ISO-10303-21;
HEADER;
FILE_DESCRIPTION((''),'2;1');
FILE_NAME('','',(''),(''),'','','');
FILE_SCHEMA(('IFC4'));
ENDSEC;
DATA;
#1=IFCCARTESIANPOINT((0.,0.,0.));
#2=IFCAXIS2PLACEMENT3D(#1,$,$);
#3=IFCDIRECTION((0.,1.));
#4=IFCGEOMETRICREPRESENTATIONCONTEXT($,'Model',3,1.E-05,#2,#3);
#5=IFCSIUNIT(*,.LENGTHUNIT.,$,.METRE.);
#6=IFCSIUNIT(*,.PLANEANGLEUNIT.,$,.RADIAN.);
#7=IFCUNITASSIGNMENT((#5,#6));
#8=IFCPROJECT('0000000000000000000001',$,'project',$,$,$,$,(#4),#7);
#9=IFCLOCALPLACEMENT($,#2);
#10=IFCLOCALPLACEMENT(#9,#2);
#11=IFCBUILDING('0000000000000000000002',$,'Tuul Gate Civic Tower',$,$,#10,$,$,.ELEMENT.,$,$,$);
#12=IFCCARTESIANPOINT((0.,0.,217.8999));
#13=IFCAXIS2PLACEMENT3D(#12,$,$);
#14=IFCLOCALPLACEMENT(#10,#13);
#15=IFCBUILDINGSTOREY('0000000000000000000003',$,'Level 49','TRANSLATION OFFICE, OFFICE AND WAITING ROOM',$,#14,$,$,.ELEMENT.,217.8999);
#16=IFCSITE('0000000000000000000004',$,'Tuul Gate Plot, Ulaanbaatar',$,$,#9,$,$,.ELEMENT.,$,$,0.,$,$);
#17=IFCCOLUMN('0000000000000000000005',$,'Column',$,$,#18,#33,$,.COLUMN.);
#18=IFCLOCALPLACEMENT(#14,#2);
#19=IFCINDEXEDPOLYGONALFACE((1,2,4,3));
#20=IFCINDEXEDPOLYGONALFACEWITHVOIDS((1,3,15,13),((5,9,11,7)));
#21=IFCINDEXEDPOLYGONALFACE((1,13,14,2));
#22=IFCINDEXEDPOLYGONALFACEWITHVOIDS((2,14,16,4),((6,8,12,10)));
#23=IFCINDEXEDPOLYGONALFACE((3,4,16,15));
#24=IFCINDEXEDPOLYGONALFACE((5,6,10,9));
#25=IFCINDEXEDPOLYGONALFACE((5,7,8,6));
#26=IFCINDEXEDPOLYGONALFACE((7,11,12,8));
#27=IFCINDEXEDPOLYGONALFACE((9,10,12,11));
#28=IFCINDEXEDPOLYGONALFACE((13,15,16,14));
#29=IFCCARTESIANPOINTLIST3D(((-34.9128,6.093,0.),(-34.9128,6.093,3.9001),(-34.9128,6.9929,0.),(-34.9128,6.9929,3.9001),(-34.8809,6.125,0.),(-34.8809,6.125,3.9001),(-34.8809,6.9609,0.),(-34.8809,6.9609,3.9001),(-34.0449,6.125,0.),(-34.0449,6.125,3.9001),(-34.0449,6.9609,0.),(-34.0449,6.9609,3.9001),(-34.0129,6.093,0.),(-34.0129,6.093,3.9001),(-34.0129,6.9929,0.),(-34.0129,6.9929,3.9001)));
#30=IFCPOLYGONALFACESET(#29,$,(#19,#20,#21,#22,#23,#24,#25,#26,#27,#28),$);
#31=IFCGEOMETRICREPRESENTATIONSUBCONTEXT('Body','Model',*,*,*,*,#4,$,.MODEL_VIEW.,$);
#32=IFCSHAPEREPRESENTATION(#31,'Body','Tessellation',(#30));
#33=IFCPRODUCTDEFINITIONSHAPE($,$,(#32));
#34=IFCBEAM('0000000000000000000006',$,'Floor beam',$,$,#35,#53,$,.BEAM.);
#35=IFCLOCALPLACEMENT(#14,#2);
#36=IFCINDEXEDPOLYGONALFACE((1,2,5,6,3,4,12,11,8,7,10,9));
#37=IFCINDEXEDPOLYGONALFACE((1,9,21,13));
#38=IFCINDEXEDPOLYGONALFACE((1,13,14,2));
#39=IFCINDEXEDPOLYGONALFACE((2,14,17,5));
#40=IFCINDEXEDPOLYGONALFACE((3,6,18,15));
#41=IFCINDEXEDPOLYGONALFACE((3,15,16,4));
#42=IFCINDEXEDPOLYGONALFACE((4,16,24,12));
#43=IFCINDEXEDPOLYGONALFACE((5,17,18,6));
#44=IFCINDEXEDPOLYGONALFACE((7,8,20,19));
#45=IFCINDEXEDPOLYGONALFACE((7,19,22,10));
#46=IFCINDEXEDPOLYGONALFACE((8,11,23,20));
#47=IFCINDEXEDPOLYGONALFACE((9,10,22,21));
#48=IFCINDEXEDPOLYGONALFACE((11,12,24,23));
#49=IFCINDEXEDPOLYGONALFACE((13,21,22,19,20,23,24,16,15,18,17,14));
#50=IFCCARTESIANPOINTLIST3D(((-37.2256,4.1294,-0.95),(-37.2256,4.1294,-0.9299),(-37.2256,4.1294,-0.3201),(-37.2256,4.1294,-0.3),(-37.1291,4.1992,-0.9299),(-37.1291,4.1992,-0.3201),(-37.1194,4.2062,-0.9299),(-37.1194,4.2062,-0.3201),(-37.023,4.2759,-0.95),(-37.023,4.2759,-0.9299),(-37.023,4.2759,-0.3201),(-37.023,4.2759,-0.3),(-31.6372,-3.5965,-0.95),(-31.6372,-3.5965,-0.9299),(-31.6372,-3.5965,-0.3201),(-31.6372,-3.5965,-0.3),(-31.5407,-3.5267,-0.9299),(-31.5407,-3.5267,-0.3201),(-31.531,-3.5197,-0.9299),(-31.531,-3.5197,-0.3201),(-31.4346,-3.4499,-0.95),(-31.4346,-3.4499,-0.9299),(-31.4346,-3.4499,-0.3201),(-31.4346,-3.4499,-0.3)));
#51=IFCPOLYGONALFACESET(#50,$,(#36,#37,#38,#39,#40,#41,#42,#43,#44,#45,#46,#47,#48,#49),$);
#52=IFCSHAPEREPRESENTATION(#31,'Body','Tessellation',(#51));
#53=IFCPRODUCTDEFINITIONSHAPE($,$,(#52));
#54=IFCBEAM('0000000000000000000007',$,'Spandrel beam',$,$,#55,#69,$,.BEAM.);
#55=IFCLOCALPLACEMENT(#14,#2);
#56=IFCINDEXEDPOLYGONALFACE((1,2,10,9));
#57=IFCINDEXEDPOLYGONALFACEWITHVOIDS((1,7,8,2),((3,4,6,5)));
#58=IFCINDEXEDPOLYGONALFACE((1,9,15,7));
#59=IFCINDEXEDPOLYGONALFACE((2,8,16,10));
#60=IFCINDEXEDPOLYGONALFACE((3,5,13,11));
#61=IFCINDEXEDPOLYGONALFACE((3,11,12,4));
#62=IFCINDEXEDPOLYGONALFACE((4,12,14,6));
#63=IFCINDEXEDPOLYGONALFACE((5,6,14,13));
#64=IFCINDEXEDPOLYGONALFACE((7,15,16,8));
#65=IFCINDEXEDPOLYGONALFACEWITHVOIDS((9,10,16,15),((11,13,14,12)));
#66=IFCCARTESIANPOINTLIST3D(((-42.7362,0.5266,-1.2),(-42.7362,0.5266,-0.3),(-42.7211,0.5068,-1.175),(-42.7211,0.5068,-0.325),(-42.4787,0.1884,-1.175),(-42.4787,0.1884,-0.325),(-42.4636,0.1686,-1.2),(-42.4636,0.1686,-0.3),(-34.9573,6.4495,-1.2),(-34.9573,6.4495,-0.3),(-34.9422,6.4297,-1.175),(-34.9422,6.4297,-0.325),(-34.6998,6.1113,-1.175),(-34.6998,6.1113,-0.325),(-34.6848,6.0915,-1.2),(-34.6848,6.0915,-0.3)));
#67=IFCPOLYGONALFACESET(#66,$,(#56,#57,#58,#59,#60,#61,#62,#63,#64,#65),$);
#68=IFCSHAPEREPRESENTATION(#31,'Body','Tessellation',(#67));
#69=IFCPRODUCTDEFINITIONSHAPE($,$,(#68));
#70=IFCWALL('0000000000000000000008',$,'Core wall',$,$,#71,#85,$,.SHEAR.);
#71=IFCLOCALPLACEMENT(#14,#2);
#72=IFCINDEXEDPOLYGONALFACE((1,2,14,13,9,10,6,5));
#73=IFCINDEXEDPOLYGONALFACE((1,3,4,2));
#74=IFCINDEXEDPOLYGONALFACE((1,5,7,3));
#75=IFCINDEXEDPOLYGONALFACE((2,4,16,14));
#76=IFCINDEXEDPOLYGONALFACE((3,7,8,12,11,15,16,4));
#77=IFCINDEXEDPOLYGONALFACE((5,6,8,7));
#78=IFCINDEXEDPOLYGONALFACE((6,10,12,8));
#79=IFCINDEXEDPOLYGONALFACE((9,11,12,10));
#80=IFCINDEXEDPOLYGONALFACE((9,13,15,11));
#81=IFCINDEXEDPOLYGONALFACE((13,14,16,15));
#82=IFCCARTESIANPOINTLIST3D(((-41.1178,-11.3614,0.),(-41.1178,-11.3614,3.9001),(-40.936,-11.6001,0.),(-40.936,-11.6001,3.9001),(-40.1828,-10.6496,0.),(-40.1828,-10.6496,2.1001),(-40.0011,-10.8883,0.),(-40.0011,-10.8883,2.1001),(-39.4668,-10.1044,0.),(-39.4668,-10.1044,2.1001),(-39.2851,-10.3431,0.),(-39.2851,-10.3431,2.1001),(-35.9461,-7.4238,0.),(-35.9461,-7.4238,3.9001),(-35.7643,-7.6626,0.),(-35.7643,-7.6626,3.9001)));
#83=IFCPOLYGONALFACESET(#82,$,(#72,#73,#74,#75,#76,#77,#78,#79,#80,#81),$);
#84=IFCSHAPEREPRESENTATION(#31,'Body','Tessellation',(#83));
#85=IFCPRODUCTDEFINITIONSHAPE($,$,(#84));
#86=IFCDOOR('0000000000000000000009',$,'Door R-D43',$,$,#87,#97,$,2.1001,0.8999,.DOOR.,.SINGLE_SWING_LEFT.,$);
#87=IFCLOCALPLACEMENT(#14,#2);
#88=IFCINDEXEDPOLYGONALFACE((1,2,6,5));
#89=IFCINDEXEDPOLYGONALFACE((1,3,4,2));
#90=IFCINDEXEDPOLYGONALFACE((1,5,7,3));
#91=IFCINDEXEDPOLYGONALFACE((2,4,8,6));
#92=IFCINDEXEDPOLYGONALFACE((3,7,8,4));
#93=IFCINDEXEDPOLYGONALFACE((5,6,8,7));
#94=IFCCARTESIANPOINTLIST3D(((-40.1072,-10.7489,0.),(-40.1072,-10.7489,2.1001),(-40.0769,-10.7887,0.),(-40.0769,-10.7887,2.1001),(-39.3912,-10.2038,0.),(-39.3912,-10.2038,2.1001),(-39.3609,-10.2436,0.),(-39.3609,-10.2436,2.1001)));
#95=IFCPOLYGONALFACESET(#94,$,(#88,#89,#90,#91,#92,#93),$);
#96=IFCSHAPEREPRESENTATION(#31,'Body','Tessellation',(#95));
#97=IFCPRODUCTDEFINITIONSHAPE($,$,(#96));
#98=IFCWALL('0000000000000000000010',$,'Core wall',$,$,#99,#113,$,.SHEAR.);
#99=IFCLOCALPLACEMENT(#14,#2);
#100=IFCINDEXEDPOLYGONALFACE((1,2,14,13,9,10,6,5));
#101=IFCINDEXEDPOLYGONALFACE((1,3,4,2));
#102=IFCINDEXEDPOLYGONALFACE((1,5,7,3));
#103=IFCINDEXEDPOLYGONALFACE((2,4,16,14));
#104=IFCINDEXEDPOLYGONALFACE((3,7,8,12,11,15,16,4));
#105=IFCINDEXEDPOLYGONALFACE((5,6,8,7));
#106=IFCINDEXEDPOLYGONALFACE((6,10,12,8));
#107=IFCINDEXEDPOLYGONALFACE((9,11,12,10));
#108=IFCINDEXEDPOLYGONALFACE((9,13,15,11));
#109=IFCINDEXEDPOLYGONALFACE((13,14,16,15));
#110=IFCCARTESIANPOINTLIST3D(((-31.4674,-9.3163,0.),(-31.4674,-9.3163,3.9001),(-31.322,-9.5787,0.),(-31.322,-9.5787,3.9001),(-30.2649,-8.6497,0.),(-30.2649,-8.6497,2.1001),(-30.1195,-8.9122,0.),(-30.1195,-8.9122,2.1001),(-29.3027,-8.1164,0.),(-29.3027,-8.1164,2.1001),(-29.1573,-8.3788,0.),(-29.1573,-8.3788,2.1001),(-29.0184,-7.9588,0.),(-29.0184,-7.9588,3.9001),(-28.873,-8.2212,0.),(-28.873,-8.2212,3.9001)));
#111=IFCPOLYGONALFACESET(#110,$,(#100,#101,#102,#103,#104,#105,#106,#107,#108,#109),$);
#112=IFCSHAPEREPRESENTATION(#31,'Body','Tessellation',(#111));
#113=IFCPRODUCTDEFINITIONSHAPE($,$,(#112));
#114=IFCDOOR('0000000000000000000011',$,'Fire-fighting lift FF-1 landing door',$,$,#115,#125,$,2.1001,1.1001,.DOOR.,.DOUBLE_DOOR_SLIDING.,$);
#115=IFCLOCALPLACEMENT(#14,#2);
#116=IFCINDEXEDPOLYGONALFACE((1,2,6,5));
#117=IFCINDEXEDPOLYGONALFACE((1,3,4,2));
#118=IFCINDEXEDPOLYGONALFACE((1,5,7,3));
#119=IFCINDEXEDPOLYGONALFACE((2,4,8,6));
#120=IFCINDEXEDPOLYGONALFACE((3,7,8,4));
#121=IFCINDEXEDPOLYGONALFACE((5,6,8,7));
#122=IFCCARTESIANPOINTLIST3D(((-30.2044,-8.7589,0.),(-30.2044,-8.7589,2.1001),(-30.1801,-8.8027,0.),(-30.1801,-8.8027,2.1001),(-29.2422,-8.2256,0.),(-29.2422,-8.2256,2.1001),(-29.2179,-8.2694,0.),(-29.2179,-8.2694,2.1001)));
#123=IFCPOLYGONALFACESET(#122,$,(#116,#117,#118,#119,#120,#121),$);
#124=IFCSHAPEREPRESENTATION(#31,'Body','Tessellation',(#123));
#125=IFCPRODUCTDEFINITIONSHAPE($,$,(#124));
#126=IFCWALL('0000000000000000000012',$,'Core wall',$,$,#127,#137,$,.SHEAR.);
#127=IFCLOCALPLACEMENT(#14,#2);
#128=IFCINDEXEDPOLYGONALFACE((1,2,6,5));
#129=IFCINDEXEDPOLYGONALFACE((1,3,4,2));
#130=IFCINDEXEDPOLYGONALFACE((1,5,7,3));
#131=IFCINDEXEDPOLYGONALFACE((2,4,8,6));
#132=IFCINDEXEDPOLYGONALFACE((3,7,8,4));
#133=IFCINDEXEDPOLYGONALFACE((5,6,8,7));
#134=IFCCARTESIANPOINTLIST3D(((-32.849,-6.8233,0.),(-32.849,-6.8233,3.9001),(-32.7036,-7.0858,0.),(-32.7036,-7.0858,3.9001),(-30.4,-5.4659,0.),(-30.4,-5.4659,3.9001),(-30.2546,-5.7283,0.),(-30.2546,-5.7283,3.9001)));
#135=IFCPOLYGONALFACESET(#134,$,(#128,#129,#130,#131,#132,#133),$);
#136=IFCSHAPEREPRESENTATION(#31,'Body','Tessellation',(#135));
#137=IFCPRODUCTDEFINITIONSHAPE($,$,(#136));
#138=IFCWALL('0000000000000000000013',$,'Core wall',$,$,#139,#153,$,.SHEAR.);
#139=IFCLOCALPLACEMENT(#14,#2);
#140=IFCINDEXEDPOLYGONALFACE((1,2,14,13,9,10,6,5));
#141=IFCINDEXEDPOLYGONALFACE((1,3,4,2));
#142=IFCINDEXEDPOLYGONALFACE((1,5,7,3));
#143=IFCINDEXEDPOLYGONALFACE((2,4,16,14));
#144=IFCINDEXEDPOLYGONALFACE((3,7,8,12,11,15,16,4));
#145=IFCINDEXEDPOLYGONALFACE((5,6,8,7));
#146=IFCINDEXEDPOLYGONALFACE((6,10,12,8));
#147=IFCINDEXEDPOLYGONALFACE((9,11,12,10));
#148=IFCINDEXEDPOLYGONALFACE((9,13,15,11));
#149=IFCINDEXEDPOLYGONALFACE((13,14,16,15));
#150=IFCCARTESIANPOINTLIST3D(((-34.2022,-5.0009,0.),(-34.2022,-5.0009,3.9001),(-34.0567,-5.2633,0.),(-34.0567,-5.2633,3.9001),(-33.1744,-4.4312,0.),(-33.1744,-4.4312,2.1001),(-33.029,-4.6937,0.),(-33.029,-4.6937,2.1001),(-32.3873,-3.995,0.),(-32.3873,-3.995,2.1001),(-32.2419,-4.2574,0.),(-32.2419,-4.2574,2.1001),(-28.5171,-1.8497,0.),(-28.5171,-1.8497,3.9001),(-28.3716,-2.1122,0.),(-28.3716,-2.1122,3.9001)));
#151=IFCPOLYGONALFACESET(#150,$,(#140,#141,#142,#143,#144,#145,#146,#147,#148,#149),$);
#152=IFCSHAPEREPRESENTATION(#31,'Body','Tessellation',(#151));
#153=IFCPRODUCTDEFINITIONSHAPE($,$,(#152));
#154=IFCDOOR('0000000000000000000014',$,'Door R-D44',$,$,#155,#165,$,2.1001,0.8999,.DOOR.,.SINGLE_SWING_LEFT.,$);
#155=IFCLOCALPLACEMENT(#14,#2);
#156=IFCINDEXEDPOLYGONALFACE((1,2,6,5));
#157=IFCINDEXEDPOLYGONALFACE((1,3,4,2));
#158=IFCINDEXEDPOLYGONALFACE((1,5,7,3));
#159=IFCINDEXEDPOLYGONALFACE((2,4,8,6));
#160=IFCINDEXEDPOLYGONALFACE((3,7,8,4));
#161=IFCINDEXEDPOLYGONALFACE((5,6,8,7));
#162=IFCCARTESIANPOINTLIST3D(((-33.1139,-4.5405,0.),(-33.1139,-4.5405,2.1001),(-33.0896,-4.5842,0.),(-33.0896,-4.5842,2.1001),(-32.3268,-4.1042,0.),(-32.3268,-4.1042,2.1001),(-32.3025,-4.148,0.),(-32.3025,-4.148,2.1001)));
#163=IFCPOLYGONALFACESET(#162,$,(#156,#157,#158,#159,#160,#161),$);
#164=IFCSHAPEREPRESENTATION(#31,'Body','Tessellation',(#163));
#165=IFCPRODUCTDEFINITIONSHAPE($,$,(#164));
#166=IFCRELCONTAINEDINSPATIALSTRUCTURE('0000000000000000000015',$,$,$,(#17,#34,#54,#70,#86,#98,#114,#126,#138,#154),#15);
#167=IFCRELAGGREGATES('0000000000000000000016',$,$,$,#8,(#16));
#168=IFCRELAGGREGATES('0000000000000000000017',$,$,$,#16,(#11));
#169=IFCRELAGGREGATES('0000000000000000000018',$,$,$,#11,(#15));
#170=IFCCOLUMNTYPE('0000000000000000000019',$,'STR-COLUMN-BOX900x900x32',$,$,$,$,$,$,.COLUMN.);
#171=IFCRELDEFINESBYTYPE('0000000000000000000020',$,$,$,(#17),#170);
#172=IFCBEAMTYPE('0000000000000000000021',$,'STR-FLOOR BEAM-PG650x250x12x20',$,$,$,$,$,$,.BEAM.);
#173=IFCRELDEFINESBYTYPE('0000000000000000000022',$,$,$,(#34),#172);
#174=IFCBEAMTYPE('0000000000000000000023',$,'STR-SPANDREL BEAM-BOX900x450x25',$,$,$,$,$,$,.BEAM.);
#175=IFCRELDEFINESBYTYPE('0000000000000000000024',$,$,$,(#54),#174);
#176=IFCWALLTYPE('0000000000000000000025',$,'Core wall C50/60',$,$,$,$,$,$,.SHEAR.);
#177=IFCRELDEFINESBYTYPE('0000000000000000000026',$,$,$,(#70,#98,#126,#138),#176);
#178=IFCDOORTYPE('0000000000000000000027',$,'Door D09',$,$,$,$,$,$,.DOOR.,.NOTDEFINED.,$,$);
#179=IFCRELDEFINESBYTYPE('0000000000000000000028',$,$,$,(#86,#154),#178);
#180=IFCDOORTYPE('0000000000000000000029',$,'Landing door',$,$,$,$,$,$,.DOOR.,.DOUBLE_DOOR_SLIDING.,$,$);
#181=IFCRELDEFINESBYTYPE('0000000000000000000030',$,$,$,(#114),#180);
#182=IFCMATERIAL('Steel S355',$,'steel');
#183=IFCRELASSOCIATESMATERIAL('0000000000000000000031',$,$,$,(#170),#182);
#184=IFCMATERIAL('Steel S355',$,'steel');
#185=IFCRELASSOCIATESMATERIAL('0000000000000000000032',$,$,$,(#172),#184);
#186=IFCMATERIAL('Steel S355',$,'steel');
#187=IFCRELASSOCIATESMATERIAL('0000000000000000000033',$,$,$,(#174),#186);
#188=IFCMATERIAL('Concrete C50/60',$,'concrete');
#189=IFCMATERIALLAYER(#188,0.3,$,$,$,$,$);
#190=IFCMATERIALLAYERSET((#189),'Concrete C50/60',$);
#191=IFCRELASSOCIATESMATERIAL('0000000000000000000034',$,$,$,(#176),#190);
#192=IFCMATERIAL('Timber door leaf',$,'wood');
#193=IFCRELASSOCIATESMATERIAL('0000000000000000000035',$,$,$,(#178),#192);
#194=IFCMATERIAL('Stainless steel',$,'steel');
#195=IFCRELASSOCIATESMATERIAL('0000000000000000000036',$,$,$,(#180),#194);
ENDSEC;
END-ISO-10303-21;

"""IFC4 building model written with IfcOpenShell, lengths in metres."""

from ifc_helpers import new_model, si_unit, direction, frame, frame_2d, origin, origin_2d, place, context, subcontext, project, spatial, rectangle, hollow_rectangle, i_section, extrude, material, layer, layer_set, material_profile, profile_set, type_object, element, fill, save


model = new_model("IFC4")

# Units and contexts
model_context = context("Model", 3, precision=1e-05, world=origin(), true_north=direction((0.0, 1.0)))
body_context = subcontext(model_context, "Body", "Model", "MODEL_VIEW")
ifc_project = project(units=[si_unit("LENGTHUNIT", "METRE"), si_unit("PLANEANGLEUNIT", "RADIAN")], contexts=[model_context])

# Site, building, storey
site_placement = place(None, origin())
site = spatial("IfcSite", under=ifc_project, at=site_placement, Name="Tuul Gate Plot, Ulaanbaatar", CompositionType="ELEMENT", RefElevation=0.0)
building_placement = place(site_placement, origin())
building = spatial("IfcBuilding", under=site, at=building_placement, Name="Tuul Gate Civic Tower", CompositionType="ELEMENT")
storey_placement = place(building_placement, frame((0.0, 0.0, 217.8999)))
storey = spatial("IfcBuildingStorey", under=building, at=storey_placement, Name="Level 49", Description="TRANSLATION OFFICE, OFFICE AND WAITING ROOM", CompositionType="ELEMENT", Elevation=217.8999)

# Column
ifc_material_1 = material(Name="Steel S355", Category="steel")
ifc_material_profile_1 = material_profile(ifc_material_1, hollow_rectangle(XDim=0.8999, YDim=0.8999, WallThickness=0.032, at=origin_2d()), Name="BOX900x900x32")
ifc_profile_set_1 = profile_set([ifc_material_profile_1], Name="Steel S355")
column_type = type_object("IfcColumnType", Name="STR-COLUMN-BOX900x900x32", PredefinedType="COLUMN", material=ifc_profile_set_1)
column_placement = place(storey_placement, frame((-34.4629, 6.543, 0.0), z_axis=(0.0, 0.0, 1.0), x_axis=(1.0, 0.0, 0.0)))
element("IfcColumn", 1, at=column_placement, inside=storey, type_object=column_type, Name="Column", PredefinedType="COLUMN", context=body_context, shape_type="SweptSolid", body=[
    extrude(hollow_rectangle(XDim=0.8999, YDim=0.8999, WallThickness=0.032, at=origin_2d()), origin(), (0.0, 0.0, 1.0), 3.9001),
])

# Beams
ifc_material_2 = material(Name="Steel S355", Category="steel")
ifc_material_profile_2 = material_profile(ifc_material_2, i_section(OverallWidth=0.25, OverallDepth=0.6499, WebThickness=0.012, FlangeThickness=0.02, at=origin_2d()), Name="PG650x250x12x20")
ifc_profile_set_2 = profile_set([ifc_material_profile_2], Name="Steel S355")
beam_type_1 = type_object("IfcBeamType", Name="STR-FLOOR BEAM-PG650x250x12x20", PredefinedType="BEAM", material=ifc_profile_set_2)
beam_1_placement = place(storey_placement, frame((-31.5359, -3.5232, -0.625), z_axis=(-0.586084, 0.81025, 0.0), x_axis=(-0.81025, -0.586084, 0.0)))
element("IfcBeam", 2, at=beam_1_placement, inside=storey, type_object=beam_type_1, Name="Floor beam", PredefinedType="BEAM", context=body_context, shape_type="SweptSolid", body=[
    extrude(i_section(OverallWidth=0.25, OverallDepth=0.6499, WebThickness=0.012, FlangeThickness=0.02, at=origin_2d()), origin(), (0.0, 0.0, 1.0), 9.5352),
])
ifc_material_3 = material(Name="Steel S355", Category="steel")
ifc_material_profile_3 = material_profile(ifc_material_3, hollow_rectangle(XDim=0.45, YDim=0.8999, WallThickness=0.0249, at=origin_2d()), Name="BOX900x450x25")
ifc_profile_set_3 = profile_set([ifc_material_profile_3], Name="Steel S355")
beam_type_2 = type_object("IfcBeamType", Name="STR-SPANDREL BEAM-BOX900x450x25", PredefinedType="BEAM", material=ifc_profile_set_3)
beam_2_placement = place(storey_placement, frame((-34.821, 6.2705, -0.75), z_axis=(-0.795622, -0.605793, 0.0), x_axis=(0.605793, -0.795622, 0.0)))
element("IfcBeam", 3, at=beam_2_placement, inside=storey, type_object=beam_type_2, Name="Spandrel beam", PredefinedType="BEAM", context=body_context, shape_type="SweptSolid", body=[
    extrude(hollow_rectangle(XDim=0.45, YDim=0.8999, WallThickness=0.0249, at=origin_2d()), origin(), (0.0, 0.0, 1.0), 9.7771),
])

# Walls, openings, doors
ifc_material_4 = material(Name="Concrete C50/60", Category="concrete")
ifc_layer_1 = layer(ifc_material_4, 0.3)
ifc_layer_set_1 = layer_set([ifc_layer_1], Name="Concrete C50/60")
wall_type_1 = type_object("IfcWallType", Name="Core wall C50/60", PredefinedType="SHEAR", material=ifc_layer_set_1)
wall_1_placement = place(storey_placement, frame((-35.8552, -7.5432, 0.0), z_axis=(0.0, 0.0, 1.0), x_axis=(-0.795639, -0.605772, 0.0)))
wall_1 = element("IfcWall", 4, at=wall_1_placement, inside=storey, type_object=wall_type_1, Name="Core wall", PredefinedType="SHEAR", context=body_context, shape_type="SweptSolid", body=[
    extrude(rectangle(XDim=6.5, YDim=0.3, at=frame_2d((3.25, 0.0))), origin(), (0.0, 0.0, 1.0), 3.9001),
])
opening_1_placement = place(wall_1_placement, frame((4.425, 0.0, 0.0)))
opening_1 = element("IfcOpeningElement", 5, at=opening_1_placement, cuts=wall_1, PredefinedType="OPENING", context=body_context, shape_type="SweptSolid", body=[
    extrude(rectangle(XDim=0.8999, YDim=2.1001, at=frame_2d((0.45, 1.05))), frame((0.0, 0.1602, 0.0), z_axis=(0.0, -1.0, 0.0), x_axis=(1.0, 0.0, 0.0)), (0.0, 0.0, 1.0), 0.3201),
])
ifc_material_5 = material(Name="Timber door leaf", Category="wood")
door_type_1 = type_object("IfcDoorType", Name="Door D09", OperationType="NOTDEFINED", PredefinedType="DOOR", material=ifc_material_5)
door_1_placement = place(opening_1_placement, origin())
door_1 = element("IfcDoor", 6, at=door_1_placement, inside=storey, type_object=door_type_1, Name="Door R-D43", OperationType="SINGLE_SWING_LEFT", OverallHeight=2.1001, OverallWidth=0.8999, PredefinedType="DOOR", context=body_context, shape_type="SweptSolid", body=[
    extrude(rectangle(XDim=0.8999, YDim=2.1001, at=frame_2d((0.45, 1.05))), frame((0.0, 0.0249, 0.0), z_axis=(0.0, -1.0, 0.0), x_axis=(1.0, 0.0, 0.0)), (0.0, 0.0, 1.0), 0.05),
])
fill(opening_1, door_1)
wall_2_placement = place(storey_placement, frame((-28.9458, -8.0901, 0.0), z_axis=(0.0, 0.0, 1.0), x_axis=(-0.87463, -0.484791, 0.0)))
wall_2 = element("IfcWall", 7, at=wall_2_placement, inside=storey, type_object=wall_type_1, Name="Core wall", PredefinedType="SHEAR", context=body_context, shape_type="SweptSolid", body=[
    extrude(rectangle(XDim=2.8, YDim=0.3, at=frame_2d((1.3999, 0.0))), origin(), (0.0, 0.0, 1.0), 3.9001),
])
opening_2_placement = place(wall_2_placement, frame((0.325, 0.0, 0.0)))
opening_2 = element("IfcOpeningElement", 8, at=opening_2_placement, cuts=wall_2, PredefinedType="OPENING", context=body_context, shape_type="SweptSolid", body=[
    extrude(rectangle(XDim=1.1001, YDim=2.1001, at=frame_2d((0.55, 1.05))), frame((0.0, 0.1602, 0.0), z_axis=(0.0, -1.0, 0.0), x_axis=(1.0, 0.0, 0.0)), (0.0, 0.0, 1.0), 0.3201),
])
ifc_material_6 = material(Name="Stainless steel", Category="steel")
door_type_2 = type_object("IfcDoorType", Name="Landing door", OperationType="DOUBLE_DOOR_SLIDING", PredefinedType="DOOR", material=ifc_material_6)
door_2_placement = place(opening_2_placement, origin())
door_2 = element("IfcDoor", 9, at=door_2_placement, inside=storey, type_object=door_type_2, Name="Fire-fighting lift FF-1 landing door", OperationType="DOUBLE_DOOR_SLIDING", OverallHeight=2.1001, OverallWidth=1.1001, PredefinedType="DOOR", context=body_context, shape_type="SweptSolid", body=[
    extrude(rectangle(XDim=1.1001, YDim=2.1001, at=frame_2d((0.55, 1.05))), frame((0.0, 0.0249, 0.0), z_axis=(0.0, -1.0, 0.0), x_axis=(1.0, 0.0, 0.0)), (0.0, 0.0, 1.0), 0.05),
])
fill(opening_2, door_2)

# Wall
wall_3_placement = place(storey_placement, frame((-30.3274, -5.5972, 0.0), z_axis=(0.0, 0.0, 1.0), x_axis=(-0.87463, -0.484791, 0.0)))
element("IfcWall", 10, at=wall_3_placement, inside=storey, type_object=wall_type_1, Name="Core wall", PredefinedType="SHEAR", context=body_context, shape_type="SweptSolid", body=[
    extrude(rectangle(XDim=2.8, YDim=0.3, at=frame_2d((1.3999, 0.0))), origin(), (0.0, 0.0, 1.0), 3.9001),
])

# Wall, opening, door
wall_4_placement = place(storey_placement, frame((-28.4443, -1.981, 0.0), z_axis=(0.0, 0.0, 1.0), x_axis=(-0.87463, -0.484791, 0.0)))
wall_4 = element("IfcWall", 11, at=wall_4_placement, inside=storey, type_object=wall_type_1, Name="Core wall", PredefinedType="SHEAR", context=body_context, shape_type="SweptSolid", body=[
    extrude(rectangle(XDim=6.5, YDim=0.3, at=frame_2d((3.25, 0.0))), origin(), (0.0, 0.0, 1.0), 3.9001),
])
opening_3_placement = place(wall_4_placement, frame((4.425, 0.0, 0.0)))
opening_3 = element("IfcOpeningElement", 12, at=opening_3_placement, cuts=wall_4, PredefinedType="OPENING", context=body_context, shape_type="SweptSolid", body=[
    extrude(rectangle(XDim=0.8999, YDim=2.1001, at=frame_2d((0.45, 1.05))), frame((0.0, 0.1602, 0.0), z_axis=(0.0, -1.0, 0.0), x_axis=(1.0, 0.0, 0.0)), (0.0, 0.0, 1.0), 0.3201),
])
door_3_placement = place(opening_3_placement, origin())
door_3 = element("IfcDoor", 13, at=door_3_placement, inside=storey, type_object=door_type_1, Name="Door R-D44", OperationType="SINGLE_SWING_LEFT", OverallHeight=2.1001, OverallWidth=0.8999, PredefinedType="DOOR", context=body_context, shape_type="SweptSolid", body=[
    extrude(rectangle(XDim=0.8999, YDim=2.1001, at=frame_2d((0.45, 1.05))), frame((0.0, 0.0249, 0.0), z_axis=(0.0, -1.0, 0.0), x_axis=(1.0, 0.0, 0.0)), (0.0, 0.0, 1.0), 0.05),
])
fill(opening_3, door_3)

save(model, "model.ifc")
